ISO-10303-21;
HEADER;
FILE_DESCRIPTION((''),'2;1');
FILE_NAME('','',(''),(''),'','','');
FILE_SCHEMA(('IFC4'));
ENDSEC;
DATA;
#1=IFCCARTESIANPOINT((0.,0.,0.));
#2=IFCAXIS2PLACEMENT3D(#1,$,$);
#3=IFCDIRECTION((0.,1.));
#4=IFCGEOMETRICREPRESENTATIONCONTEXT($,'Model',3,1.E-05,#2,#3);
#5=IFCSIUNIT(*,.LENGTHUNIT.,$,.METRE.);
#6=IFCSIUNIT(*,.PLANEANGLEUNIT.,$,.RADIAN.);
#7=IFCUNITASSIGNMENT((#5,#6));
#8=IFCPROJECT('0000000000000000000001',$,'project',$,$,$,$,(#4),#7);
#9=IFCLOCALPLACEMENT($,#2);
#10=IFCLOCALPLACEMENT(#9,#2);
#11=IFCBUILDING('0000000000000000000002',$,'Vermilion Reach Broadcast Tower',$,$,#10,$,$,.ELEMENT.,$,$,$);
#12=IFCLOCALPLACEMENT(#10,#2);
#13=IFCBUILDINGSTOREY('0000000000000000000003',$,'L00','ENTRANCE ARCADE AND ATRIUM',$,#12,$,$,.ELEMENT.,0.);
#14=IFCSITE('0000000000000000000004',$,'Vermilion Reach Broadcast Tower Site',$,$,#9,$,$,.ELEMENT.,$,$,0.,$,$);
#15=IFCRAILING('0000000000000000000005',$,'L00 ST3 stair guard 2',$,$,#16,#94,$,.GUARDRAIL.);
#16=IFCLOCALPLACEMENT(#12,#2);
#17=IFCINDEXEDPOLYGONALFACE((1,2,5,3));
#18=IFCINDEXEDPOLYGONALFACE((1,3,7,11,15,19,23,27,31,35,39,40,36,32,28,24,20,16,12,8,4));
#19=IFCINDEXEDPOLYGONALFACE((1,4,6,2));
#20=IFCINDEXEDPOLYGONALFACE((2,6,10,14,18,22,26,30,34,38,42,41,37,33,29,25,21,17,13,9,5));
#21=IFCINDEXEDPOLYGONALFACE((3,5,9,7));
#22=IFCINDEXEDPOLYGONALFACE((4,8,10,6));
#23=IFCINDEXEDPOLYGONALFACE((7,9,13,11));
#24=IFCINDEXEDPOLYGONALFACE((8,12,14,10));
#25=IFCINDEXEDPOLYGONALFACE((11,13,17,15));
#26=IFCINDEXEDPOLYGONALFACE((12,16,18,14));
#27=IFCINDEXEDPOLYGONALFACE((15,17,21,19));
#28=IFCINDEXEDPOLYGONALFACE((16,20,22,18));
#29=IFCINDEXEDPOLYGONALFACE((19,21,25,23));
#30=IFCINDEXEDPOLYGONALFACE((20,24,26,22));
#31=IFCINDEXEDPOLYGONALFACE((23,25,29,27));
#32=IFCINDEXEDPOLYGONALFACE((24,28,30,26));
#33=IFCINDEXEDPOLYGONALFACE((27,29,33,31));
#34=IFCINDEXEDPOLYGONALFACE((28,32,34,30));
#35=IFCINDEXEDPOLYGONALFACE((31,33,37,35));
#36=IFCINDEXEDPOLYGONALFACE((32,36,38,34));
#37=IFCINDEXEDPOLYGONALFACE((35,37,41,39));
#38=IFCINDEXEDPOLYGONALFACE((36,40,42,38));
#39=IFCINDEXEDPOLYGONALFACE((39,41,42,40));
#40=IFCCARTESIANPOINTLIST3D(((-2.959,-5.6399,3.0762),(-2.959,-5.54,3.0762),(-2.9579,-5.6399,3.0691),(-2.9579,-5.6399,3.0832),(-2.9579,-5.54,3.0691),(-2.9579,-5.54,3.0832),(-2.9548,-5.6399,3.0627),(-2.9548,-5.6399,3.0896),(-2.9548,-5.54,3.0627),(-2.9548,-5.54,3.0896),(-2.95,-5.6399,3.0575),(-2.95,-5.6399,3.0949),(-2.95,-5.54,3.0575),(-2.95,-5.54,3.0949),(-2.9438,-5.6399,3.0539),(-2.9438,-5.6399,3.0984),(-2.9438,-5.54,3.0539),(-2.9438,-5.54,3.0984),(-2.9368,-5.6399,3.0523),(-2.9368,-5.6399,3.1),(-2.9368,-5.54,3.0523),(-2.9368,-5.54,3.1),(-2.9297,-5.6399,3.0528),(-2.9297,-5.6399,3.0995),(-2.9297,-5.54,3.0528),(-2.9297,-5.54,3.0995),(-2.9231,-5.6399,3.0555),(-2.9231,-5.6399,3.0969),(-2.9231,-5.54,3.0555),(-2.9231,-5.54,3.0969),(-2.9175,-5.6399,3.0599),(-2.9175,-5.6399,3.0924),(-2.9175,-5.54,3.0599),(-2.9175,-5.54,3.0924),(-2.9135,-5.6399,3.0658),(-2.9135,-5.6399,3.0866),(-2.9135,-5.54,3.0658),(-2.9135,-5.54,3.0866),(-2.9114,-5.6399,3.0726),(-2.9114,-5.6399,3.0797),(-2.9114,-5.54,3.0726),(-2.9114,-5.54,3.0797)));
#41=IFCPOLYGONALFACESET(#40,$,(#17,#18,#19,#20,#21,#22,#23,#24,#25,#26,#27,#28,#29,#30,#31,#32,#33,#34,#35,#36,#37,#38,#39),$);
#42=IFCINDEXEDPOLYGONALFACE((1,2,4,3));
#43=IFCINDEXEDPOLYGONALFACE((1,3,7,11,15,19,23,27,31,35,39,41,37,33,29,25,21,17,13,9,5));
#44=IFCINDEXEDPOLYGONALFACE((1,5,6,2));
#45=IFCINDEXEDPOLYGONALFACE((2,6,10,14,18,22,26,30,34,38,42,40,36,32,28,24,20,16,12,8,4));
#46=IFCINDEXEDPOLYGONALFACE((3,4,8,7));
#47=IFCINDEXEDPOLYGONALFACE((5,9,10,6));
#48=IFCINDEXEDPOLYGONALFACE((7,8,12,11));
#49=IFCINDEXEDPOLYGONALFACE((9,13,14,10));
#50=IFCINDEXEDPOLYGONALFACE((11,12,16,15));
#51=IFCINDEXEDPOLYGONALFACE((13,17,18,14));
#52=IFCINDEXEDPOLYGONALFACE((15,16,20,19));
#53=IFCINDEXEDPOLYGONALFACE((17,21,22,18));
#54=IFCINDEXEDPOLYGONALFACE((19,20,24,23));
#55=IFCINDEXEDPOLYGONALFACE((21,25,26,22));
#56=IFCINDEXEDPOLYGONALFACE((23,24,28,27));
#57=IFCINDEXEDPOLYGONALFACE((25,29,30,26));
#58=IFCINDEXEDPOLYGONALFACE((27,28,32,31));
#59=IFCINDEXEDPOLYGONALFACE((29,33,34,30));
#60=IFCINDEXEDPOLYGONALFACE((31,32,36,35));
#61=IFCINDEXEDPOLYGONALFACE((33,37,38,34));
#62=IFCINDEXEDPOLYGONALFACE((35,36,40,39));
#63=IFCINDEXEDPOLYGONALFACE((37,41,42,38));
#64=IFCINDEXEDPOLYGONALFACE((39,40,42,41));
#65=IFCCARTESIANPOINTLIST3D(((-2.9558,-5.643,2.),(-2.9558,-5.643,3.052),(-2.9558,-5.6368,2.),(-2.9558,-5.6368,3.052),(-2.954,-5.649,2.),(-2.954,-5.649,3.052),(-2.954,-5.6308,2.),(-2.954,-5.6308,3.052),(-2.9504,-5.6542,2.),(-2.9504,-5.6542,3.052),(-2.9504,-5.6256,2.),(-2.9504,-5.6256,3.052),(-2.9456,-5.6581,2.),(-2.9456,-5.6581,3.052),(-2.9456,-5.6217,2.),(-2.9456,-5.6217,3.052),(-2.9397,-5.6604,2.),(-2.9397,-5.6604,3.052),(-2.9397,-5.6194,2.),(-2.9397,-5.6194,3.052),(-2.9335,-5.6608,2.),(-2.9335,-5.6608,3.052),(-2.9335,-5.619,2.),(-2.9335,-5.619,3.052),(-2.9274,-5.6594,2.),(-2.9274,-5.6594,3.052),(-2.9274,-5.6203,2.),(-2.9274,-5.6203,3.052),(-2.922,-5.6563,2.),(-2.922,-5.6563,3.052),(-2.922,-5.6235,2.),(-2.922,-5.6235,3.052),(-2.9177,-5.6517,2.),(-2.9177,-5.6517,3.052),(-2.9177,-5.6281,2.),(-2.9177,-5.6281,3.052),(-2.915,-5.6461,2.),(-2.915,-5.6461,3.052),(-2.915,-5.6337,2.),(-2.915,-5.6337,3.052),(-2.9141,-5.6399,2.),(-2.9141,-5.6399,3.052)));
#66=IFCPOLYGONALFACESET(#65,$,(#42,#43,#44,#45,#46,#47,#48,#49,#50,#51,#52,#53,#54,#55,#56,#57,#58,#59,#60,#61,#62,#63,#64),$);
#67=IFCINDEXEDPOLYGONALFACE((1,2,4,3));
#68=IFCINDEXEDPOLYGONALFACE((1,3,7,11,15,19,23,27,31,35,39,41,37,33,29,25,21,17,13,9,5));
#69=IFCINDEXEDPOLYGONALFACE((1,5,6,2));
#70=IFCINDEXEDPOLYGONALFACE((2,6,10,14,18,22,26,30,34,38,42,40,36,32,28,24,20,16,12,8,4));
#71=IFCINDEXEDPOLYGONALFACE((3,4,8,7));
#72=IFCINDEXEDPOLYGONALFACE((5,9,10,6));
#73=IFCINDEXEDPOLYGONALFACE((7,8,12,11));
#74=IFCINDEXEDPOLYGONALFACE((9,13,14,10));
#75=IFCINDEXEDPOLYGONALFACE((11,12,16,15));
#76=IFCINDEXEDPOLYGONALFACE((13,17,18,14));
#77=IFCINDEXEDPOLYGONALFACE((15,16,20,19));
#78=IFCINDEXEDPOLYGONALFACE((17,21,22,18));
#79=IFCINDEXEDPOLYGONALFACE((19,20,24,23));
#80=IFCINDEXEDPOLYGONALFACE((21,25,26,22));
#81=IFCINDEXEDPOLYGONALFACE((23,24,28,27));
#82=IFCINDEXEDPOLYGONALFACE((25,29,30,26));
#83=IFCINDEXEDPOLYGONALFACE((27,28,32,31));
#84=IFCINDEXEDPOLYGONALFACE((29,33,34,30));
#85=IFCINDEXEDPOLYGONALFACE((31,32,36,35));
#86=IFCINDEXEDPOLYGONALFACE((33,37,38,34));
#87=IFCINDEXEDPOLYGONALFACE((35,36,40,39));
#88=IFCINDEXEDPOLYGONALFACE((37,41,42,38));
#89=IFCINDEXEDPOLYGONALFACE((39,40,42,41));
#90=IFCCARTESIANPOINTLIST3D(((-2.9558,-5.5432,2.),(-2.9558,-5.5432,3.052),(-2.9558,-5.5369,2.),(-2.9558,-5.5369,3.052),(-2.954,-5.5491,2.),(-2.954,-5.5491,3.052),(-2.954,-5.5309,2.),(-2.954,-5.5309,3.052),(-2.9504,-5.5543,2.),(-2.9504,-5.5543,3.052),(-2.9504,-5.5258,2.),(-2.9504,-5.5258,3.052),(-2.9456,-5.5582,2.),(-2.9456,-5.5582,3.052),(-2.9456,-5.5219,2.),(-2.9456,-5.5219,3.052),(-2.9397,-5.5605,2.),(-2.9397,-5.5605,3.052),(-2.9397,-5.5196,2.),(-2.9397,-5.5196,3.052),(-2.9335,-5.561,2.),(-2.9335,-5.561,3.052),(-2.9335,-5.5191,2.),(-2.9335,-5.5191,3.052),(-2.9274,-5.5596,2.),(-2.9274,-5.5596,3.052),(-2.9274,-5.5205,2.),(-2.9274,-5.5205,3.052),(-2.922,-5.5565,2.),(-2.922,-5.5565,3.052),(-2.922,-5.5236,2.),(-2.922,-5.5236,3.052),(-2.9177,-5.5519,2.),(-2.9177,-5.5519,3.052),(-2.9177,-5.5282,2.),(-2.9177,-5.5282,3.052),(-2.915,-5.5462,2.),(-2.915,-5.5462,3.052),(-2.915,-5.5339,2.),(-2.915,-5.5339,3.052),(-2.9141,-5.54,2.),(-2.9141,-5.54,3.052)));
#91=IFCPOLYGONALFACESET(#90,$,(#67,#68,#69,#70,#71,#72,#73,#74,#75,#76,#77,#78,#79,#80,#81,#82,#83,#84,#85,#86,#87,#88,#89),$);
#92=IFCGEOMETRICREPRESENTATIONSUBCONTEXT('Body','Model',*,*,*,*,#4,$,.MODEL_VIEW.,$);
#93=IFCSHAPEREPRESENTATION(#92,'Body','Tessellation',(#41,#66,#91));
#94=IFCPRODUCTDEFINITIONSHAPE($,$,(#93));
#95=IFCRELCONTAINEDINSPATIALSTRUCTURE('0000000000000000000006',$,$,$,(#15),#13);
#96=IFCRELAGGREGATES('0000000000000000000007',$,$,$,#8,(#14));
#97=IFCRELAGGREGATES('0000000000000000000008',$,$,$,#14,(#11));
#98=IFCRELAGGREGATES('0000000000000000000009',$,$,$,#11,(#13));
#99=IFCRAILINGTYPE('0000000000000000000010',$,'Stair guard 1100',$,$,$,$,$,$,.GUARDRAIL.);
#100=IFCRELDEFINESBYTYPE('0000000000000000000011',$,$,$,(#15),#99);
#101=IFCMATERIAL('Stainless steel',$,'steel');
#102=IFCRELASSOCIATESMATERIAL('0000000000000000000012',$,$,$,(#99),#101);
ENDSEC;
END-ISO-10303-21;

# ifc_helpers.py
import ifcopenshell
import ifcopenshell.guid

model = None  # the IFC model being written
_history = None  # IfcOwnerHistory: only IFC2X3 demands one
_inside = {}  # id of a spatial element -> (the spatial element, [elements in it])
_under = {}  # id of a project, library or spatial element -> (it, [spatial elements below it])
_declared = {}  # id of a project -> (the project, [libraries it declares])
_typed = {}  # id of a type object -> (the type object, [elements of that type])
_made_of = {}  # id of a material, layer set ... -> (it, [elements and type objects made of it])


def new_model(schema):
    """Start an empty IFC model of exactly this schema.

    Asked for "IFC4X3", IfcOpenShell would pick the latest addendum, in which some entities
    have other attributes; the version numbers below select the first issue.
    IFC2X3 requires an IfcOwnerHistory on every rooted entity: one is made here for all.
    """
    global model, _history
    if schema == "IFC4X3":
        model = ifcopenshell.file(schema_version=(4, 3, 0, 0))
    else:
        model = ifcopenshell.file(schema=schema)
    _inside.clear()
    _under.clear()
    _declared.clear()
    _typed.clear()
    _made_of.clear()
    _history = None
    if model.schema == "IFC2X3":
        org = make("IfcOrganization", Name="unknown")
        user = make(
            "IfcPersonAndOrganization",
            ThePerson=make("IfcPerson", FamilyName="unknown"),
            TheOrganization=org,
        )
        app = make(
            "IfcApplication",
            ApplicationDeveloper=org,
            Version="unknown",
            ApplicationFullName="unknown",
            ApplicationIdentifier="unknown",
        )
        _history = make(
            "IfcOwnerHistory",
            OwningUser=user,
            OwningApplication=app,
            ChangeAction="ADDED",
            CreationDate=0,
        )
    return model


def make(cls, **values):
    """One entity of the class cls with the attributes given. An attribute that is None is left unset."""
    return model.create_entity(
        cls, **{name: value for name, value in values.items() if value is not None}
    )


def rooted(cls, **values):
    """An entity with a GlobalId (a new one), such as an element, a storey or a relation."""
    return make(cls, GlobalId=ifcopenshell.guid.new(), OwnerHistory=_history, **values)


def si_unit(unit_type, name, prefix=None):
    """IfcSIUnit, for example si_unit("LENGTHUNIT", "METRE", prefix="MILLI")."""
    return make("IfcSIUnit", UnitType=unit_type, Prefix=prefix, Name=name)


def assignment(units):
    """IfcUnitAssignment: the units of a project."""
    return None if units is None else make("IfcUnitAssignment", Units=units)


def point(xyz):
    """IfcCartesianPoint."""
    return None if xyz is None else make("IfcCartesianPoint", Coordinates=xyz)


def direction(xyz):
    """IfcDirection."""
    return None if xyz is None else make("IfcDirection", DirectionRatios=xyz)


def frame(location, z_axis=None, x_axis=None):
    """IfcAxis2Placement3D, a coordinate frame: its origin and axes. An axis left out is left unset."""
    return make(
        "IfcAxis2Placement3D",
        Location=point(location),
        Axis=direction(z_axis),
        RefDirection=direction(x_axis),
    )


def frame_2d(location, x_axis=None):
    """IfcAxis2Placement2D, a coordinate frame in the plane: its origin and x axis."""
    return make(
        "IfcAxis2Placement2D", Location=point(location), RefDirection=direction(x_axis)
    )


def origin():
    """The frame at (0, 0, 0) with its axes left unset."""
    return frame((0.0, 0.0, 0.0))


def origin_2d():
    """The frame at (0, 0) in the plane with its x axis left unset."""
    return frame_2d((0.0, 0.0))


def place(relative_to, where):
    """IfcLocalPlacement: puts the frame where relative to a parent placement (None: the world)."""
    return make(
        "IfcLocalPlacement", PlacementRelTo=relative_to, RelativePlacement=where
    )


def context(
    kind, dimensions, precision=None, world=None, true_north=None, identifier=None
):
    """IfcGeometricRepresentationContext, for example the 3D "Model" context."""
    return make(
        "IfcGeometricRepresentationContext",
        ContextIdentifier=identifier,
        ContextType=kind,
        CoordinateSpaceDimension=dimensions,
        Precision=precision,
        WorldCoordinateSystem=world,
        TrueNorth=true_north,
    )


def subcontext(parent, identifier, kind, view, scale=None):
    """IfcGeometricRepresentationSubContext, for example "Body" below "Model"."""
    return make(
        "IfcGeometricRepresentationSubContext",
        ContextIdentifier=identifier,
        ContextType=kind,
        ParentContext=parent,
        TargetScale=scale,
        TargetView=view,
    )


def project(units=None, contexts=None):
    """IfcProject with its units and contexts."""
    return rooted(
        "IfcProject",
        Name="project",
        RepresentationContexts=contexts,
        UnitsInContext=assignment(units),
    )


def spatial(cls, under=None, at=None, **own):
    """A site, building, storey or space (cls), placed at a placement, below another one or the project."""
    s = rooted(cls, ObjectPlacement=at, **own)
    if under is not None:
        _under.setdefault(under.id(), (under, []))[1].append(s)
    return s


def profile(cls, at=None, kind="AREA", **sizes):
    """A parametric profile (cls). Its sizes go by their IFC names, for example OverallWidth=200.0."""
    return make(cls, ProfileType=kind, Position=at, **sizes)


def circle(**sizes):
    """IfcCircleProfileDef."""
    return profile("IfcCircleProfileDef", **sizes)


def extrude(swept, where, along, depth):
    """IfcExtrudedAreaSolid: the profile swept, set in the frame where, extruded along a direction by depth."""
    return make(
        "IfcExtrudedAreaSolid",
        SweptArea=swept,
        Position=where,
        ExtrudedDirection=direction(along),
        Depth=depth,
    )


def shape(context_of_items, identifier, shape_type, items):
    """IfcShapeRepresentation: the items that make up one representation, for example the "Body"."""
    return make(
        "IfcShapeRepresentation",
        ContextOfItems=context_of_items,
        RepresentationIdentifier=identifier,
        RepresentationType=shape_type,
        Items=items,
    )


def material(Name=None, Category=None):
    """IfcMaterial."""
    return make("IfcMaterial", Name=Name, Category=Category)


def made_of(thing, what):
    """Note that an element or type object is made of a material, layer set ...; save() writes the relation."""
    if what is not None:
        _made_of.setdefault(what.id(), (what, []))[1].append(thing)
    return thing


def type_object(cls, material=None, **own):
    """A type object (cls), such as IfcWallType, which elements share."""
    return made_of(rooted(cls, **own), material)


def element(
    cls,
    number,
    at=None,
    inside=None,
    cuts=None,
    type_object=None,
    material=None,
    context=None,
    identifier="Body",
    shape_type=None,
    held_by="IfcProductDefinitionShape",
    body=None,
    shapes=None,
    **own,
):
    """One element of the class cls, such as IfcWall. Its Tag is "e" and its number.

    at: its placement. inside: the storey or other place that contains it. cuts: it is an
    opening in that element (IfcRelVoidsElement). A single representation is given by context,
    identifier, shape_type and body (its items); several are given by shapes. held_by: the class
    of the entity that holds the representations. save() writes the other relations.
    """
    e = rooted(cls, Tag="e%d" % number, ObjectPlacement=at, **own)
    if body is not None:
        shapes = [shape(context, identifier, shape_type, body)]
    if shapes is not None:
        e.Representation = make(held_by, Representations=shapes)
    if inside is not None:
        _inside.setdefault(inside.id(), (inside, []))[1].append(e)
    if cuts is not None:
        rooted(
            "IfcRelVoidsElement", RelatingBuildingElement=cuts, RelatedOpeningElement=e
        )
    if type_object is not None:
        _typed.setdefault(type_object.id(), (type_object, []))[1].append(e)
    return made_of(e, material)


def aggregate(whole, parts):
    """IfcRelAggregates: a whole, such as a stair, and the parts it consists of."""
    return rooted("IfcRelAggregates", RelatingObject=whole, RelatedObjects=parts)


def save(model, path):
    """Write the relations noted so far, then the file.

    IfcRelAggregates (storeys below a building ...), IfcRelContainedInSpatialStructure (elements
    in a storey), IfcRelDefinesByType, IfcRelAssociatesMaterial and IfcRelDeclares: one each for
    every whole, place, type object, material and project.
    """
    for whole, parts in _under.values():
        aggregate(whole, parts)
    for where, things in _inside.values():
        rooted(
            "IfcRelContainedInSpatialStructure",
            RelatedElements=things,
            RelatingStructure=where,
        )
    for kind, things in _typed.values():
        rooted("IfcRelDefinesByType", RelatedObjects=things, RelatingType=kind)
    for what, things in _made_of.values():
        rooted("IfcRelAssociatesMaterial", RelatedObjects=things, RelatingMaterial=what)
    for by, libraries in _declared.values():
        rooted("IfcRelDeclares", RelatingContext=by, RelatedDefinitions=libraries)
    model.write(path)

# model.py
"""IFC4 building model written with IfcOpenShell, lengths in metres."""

from ifc_helpers import new_model, si_unit, direction, frame, origin, origin_2d, place, context, subcontext, project, spatial, circle, extrude, material, type_object, element, save


model = new_model("IFC4")

# Units and contexts
model_context = context("Model", 3, precision=1e-05, world=origin(), true_north=direction((0.0, 1.0)))
body_context = subcontext(model_context, "Body", "Model", "MODEL_VIEW")
ifc_project = project(units=[si_unit("LENGTHUNIT", "METRE"), si_unit("PLANEANGLEUNIT", "RADIAN")], contexts=[model_context])

# Site, building, storey
site_placement = place(None, origin())
site = spatial("IfcSite", under=ifc_project, at=site_placement, Name="Vermilion Reach Broadcast Tower Site", CompositionType="ELEMENT", RefElevation=0.0)
building_placement = place(site_placement, origin())
building = spatial("IfcBuilding", under=site, at=building_placement, Name="Vermilion Reach Broadcast Tower", CompositionType="ELEMENT")
storey_placement = place(building_placement, origin())
storey = spatial("IfcBuildingStorey", under=building, at=storey_placement, Name="L00", Description="ENTRANCE ARCADE AND ATRIUM", CompositionType="ELEMENT", Elevation=0.0)

# Railing
ifc_material_1 = material(Name="Stainless steel", Category="steel")
railing_type_1 = type_object("IfcRailingType", Name="Stair guard 1100", PredefinedType="GUARDRAIL", material=ifc_material_1)
railing_1_placement = place(storey_placement, frame((-2.9351, -5.6399, 2.0)))
element("IfcRailing", 1, at=railing_1_placement, inside=storey, type_object=railing_type_1, Name="L00 ST3 stair guard 2", PredefinedType="GUARDRAIL", context=body_context, shape_type="SweptSolid", body=[
    extrude(circle(Radius=0.0239, at=origin_2d()), frame((0.0, 0.0, 1.0762), z_axis=(0.0, 1.0, 0.0), x_axis=(-1.0, 0.0, 0.0)), (0.0, 0.0, 1.0), 0.0999),
    extrude(circle(Radius=0.021, at=origin_2d()), origin(), (0.0, 0.0, 1.0), 1.052),
    extrude(circle(Radius=0.021, at=origin_2d()), frame((0.0, 0.0999, 0.0)), (0.0, 0.0, 1.0), 1.052),
])

save(model, "model.ifc")
